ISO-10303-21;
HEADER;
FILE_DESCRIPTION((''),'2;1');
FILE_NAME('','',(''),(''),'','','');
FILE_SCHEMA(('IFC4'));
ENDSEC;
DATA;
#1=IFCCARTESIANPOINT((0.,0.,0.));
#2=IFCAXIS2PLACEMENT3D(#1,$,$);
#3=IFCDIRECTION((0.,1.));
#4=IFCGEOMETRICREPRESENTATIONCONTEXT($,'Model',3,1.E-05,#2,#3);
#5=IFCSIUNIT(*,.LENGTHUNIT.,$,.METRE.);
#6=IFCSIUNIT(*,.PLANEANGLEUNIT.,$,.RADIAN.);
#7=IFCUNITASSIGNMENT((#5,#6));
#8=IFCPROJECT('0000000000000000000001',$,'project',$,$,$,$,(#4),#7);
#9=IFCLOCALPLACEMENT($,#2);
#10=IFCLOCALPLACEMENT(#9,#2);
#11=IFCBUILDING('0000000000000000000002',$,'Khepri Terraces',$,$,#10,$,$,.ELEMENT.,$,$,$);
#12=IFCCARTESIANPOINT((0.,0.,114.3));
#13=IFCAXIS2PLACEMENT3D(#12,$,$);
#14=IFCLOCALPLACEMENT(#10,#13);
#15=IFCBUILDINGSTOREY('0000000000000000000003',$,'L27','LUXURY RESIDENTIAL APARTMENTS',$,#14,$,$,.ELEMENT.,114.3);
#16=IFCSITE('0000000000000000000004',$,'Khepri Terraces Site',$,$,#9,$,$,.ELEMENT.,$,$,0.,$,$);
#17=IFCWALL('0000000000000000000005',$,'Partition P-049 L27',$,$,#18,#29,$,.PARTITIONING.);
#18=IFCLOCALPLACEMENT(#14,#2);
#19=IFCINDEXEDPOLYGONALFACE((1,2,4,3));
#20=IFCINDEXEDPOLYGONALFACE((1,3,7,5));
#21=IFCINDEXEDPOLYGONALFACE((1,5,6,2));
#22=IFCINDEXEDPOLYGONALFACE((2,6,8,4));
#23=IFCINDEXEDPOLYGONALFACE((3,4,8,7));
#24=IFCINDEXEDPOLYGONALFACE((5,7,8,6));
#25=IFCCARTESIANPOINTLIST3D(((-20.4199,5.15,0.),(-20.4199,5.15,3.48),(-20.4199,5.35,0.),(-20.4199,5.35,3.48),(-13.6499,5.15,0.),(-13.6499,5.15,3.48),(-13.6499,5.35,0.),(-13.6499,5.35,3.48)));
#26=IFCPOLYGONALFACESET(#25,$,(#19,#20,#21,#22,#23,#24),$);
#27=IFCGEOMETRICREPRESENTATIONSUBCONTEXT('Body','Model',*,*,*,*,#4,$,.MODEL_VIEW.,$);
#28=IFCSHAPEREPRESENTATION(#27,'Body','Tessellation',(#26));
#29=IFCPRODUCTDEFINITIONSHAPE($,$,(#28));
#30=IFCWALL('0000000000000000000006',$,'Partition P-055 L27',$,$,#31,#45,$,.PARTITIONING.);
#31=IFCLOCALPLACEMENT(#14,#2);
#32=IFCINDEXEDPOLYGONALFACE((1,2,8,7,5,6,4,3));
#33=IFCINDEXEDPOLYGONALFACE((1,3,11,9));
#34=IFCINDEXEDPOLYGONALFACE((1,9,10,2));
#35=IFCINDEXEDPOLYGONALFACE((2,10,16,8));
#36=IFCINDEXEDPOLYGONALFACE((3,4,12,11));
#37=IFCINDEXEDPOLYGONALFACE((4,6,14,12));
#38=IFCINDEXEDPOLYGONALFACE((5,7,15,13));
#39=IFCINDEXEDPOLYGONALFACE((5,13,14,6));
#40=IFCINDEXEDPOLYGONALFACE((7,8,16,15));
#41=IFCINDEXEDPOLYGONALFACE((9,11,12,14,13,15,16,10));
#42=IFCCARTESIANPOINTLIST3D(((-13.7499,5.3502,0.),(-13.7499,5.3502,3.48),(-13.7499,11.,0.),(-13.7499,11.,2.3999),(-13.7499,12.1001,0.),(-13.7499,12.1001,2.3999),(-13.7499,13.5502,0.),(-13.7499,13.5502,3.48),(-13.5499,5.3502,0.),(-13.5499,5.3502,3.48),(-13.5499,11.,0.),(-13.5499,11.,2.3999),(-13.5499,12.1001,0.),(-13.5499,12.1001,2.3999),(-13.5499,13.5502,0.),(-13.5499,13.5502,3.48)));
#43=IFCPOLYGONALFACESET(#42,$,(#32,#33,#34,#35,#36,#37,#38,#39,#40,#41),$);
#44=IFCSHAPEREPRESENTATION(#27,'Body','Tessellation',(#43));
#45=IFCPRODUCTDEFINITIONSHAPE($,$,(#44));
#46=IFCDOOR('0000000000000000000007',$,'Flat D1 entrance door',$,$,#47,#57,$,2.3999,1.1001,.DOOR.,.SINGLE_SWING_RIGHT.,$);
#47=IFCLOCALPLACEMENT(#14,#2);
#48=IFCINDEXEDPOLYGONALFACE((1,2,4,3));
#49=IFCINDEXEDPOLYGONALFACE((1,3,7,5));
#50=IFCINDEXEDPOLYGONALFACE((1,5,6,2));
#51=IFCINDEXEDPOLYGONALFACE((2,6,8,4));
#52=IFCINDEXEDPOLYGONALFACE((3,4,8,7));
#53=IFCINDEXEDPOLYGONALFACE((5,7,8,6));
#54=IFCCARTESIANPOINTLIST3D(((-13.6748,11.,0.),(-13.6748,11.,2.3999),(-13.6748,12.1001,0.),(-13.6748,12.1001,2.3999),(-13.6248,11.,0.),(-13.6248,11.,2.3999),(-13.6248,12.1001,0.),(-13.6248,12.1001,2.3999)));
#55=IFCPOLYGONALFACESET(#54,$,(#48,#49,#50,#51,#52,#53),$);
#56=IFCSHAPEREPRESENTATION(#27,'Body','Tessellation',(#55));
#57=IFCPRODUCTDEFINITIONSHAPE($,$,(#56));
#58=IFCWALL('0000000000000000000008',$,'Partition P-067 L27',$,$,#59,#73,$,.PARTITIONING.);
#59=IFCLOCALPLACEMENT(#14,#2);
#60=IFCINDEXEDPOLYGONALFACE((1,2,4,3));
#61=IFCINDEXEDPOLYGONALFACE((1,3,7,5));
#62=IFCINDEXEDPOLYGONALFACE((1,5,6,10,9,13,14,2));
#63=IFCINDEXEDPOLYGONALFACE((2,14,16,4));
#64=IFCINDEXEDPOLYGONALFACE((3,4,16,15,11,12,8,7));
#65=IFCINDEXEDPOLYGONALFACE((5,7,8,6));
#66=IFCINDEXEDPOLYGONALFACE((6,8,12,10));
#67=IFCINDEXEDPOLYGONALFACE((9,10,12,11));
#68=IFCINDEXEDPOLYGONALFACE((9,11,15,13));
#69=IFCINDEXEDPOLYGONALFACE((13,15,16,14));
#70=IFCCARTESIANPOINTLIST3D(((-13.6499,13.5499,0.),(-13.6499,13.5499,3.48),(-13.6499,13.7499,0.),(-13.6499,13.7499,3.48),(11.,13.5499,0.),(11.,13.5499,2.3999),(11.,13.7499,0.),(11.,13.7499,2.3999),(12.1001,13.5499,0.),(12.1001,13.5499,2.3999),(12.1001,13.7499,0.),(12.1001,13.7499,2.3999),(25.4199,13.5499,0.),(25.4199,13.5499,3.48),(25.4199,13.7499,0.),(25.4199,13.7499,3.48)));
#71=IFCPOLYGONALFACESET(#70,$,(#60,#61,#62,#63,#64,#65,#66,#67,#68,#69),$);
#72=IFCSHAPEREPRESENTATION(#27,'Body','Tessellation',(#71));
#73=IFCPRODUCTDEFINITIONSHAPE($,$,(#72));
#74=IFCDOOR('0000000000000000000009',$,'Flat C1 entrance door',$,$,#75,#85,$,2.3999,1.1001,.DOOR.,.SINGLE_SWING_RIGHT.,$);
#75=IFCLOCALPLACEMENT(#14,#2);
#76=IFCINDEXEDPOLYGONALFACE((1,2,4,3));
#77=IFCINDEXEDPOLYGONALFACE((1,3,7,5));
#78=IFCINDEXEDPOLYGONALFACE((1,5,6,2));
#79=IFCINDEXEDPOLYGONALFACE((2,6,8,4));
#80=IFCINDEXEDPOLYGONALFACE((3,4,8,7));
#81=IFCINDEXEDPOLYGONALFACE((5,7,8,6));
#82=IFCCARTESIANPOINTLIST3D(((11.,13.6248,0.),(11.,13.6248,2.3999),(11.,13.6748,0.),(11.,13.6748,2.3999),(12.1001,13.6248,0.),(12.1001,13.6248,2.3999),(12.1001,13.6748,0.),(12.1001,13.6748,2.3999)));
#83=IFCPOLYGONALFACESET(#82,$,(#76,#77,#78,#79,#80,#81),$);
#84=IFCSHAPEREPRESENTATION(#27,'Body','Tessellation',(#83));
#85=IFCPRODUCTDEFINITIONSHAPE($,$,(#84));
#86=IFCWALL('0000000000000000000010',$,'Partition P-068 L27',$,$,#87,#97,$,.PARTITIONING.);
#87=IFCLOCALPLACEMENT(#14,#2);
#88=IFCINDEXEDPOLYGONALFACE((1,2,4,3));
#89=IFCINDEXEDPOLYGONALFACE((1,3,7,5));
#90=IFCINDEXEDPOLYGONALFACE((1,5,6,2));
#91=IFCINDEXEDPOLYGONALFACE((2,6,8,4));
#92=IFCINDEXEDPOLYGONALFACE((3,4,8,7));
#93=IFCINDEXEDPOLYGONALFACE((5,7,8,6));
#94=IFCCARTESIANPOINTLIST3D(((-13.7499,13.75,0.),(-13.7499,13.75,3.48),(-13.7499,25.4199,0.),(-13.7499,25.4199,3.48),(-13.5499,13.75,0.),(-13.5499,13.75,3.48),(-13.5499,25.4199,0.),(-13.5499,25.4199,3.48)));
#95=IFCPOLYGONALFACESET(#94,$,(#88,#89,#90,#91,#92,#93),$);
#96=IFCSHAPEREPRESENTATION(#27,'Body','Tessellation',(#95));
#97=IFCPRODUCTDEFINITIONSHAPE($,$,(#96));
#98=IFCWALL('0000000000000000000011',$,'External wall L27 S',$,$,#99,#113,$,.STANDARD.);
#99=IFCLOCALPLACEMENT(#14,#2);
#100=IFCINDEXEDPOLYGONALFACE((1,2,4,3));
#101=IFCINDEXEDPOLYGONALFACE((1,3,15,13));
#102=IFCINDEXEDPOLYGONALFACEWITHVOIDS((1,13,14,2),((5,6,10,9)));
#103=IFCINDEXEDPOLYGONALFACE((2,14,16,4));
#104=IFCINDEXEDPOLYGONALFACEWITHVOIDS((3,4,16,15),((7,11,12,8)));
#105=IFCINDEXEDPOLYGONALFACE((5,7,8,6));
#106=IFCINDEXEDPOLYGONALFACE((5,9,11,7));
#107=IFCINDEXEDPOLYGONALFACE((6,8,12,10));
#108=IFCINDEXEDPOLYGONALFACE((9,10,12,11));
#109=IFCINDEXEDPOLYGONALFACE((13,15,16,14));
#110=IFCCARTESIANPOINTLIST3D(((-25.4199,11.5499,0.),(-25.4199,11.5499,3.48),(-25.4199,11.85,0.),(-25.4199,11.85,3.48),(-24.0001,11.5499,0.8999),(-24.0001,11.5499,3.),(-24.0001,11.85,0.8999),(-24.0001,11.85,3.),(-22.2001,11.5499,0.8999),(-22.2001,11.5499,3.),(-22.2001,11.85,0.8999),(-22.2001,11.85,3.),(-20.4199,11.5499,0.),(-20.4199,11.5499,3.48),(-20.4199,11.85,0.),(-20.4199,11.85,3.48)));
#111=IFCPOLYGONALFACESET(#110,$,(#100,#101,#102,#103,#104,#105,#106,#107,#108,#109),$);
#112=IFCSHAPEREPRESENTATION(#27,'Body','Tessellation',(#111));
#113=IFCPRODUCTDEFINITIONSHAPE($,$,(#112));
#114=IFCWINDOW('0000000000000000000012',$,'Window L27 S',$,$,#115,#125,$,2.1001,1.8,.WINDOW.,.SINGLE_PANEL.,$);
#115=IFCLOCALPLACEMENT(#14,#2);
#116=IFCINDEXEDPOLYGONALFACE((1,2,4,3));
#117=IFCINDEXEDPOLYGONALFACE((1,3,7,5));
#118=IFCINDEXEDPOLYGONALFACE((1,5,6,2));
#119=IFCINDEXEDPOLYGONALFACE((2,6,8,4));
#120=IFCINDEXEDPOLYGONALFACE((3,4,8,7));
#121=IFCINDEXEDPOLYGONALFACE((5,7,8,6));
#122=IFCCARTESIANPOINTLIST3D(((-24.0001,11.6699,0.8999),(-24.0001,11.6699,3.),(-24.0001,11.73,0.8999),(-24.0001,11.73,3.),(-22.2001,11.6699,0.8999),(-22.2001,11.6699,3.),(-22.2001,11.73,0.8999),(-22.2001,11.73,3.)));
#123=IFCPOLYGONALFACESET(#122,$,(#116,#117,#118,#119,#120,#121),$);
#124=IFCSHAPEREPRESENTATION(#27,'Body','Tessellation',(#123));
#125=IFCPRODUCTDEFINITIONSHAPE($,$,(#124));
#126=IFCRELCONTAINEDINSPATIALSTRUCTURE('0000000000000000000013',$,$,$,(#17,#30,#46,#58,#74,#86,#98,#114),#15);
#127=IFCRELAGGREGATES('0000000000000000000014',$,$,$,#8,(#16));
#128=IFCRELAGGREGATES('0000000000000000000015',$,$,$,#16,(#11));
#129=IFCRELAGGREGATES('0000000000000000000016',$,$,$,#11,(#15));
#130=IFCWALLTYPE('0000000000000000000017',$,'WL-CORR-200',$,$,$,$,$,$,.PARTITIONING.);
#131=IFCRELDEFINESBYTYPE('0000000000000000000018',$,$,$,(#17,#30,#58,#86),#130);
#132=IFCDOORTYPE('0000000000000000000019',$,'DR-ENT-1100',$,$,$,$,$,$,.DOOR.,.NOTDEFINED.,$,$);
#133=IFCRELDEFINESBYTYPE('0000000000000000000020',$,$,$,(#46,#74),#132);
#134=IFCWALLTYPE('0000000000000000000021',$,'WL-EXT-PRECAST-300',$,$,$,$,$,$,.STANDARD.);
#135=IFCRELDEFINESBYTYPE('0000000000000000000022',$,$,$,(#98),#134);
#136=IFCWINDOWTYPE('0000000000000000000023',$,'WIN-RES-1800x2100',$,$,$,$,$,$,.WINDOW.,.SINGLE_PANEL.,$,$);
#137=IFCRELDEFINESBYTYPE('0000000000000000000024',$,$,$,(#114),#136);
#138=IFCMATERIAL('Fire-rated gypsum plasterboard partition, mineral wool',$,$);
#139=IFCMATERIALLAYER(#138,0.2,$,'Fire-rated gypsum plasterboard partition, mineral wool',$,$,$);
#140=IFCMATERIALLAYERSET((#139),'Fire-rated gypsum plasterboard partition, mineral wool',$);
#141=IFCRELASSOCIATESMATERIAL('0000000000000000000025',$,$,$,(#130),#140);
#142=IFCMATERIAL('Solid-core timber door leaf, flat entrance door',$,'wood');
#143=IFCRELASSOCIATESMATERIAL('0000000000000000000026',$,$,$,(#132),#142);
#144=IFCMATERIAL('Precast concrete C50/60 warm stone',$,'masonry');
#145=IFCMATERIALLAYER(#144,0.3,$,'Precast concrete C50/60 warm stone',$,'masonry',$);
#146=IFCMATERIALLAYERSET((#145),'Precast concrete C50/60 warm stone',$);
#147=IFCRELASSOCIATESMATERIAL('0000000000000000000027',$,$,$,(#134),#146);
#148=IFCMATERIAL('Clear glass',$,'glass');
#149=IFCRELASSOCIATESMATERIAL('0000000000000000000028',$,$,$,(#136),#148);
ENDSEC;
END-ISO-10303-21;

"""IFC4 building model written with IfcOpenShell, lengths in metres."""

from ifc_helpers import new_model, si_unit, direction, frame, frame_2d, origin, place, context, subcontext, project, spatial, rectangle, extrude, material, layer, layer_set, type_object, element, fill, save


model = new_model("IFC4")

# Units and contexts
model_context = context("Model", 3, precision=1e-05, world=origin(), true_north=direction((0.0, 1.0)))
body_context = subcontext(model_context, "Body", "Model", "MODEL_VIEW")
ifc_project = project(units=[si_unit("LENGTHUNIT", "METRE"), si_unit("PLANEANGLEUNIT", "RADIAN")], contexts=[model_context])

# Site, building, storey
site_placement = place(None, origin())
site = spatial("IfcSite", under=ifc_project, at=site_placement, Name="Khepri Terraces Site", CompositionType="ELEMENT", RefElevation=0.0)
building_placement = place(site_placement, origin())
building = spatial("IfcBuilding", under=site, at=building_placement, Name="Khepri Terraces", CompositionType="ELEMENT")
storey_placement = place(building_placement, frame((0.0, 0.0, 114.3)))
storey = spatial("IfcBuildingStorey", under=building, at=storey_placement, Name="L27", Description="LUXURY RESIDENTIAL APARTMENTS", CompositionType="ELEMENT", Elevation=114.3)

# Wall
ifc_material_1 = material(Name="Fire-rated gypsum plasterboard partition, mineral wool")
ifc_layer_1 = layer(ifc_material_1, 0.2, Name="Fire-rated gypsum plasterboard partition, mineral wool")
ifc_layer_set_1 = layer_set([ifc_layer_1], Name="Fire-rated gypsum plasterboard partition, mineral wool")
wall_type_1 = type_object("IfcWallType", Name="WL-CORR-200", PredefinedType="PARTITIONING", material=ifc_layer_set_1)
wall_1_placement = place(storey_placement, frame((-20.4199, 5.25, 0.0), z_axis=(0.0, 0.0, 1.0), x_axis=(1.0, 0.0, 0.0)))
element("IfcWall", 1, at=wall_1_placement, inside=storey, type_object=wall_type_1, Name="Partition P-049 L27", PredefinedType="PARTITIONING", context=body_context, shape_type="SweptSolid", body=[
    extrude(rectangle(XDim=6.77, YDim=0.2, at=frame_2d((3.385, 0.0))), origin(), (0.0, 0.0, 1.0), 3.48),
])

# Walls, openings, doors
wall_2_placement = place(storey_placement, frame((-13.6499, 5.3501, 0.0), z_axis=(0.0, 0.0, 1.0), x_axis=(0.0, 1.0, 0.0)))
wall_2 = element("IfcWall", 2, at=wall_2_placement, inside=storey, type_object=wall_type_1, Name="Partition P-055 L27", PredefinedType="PARTITIONING", context=body_context, shape_type="SweptSolid", body=[
    extrude(rectangle(XDim=8.2, YDim=0.2, at=frame_2d((4.1001, 0.0))), origin(), (0.0, 0.0, 1.0), 3.48),
])
opening_1_placement = place(wall_2_placement, frame((5.6499, 0.0, 0.0)))
opening_1 = element("IfcOpeningElement", 3, at=opening_1_placement, cuts=wall_2, PredefinedType="OPENING", context=body_context, shape_type="SweptSolid", body=[
    extrude(rectangle(XDim=1.1001, YDim=2.3999, at=frame_2d((0.55, 1.2))), frame((0.0, 0.1099, 0.0), z_axis=(0.0, -1.0, 0.0), x_axis=(1.0, 0.0, 0.0)), (0.0, 0.0, 1.0), 0.22),
])
ifc_material_2 = material(Name="Solid-core timber door leaf, flat entrance door", Category="wood")
door_type_1 = type_object("IfcDoorType", Name="DR-ENT-1100", OperationType="NOTDEFINED", PredefinedType="DOOR", material=ifc_material_2)
door_1_placement = place(opening_1_placement, origin())
door_1 = element("IfcDoor", 4, at=door_1_placement, inside=storey, type_object=door_type_1, Name="Flat D1 entrance door", OperationType="SINGLE_SWING_RIGHT", OverallHeight=2.3999, OverallWidth=1.1001, PredefinedType="DOOR", context=body_context, shape_type="SweptSolid", body=[
    extrude(rectangle(XDim=1.1001, YDim=2.3999, at=frame_2d((0.55, 1.2))), frame((0.0, 0.0249, 0.0), z_axis=(0.0, -1.0, 0.0), x_axis=(1.0, 0.0, 0.0)), (0.0, 0.0, 1.0), 0.05),
])
fill(opening_1, door_1)
wall_3_placement = place(storey_placement, frame((-13.6499, 13.6499, 0.0), z_axis=(0.0, 0.0, 1.0), x_axis=(1.0, 0.0, 0.0)))
wall_3 = element("IfcWall", 5, at=wall_3_placement, inside=storey, type_object=wall_type_1, Name="Partition P-067 L27", PredefinedType="PARTITIONING", context=body_context, shape_type="SweptSolid", body=[
    extrude(rectangle(XDim=39.0698, YDim=0.2, at=frame_2d((19.5349, 0.0))), origin(), (0.0, 0.0, 1.0), 3.48),
])
opening_2_placement = place(wall_3_placement, frame((24.6499, 0.0, 0.0)))
opening_2 = element("IfcOpeningElement", 6, at=opening_2_placement, cuts=wall_3, PredefinedType="OPENING", context=body_context, shape_type="SweptSolid", body=[
    extrude(rectangle(XDim=1.1001, YDim=2.3999, at=frame_2d((0.55, 1.2))), frame((0.0, 0.1099, 0.0), z_axis=(0.0, -1.0, 0.0), x_axis=(1.0, 0.0, 0.0)), (0.0, 0.0, 1.0), 0.22),
])
door_2_placement = place(opening_2_placement, origin())
door_2 = element("IfcDoor", 7, at=door_2_placement, inside=storey, type_object=door_type_1, Name="Flat C1 entrance door", OperationType="SINGLE_SWING_RIGHT", OverallHeight=2.3999, OverallWidth=1.1001, PredefinedType="DOOR", context=body_context, shape_type="SweptSolid", body=[
    extrude(rectangle(XDim=1.1001, YDim=2.3999, at=frame_2d((0.55, 1.2))), frame((0.0, 0.0249, 0.0), z_axis=(0.0, -1.0, 0.0), x_axis=(1.0, 0.0, 0.0)), (0.0, 0.0, 1.0), 0.05),
])
fill(opening_2, door_2)

# Wall
wall_4_placement = place(storey_placement, frame((-13.6499, 13.75, 0.0), z_axis=(0.0, 0.0, 1.0), x_axis=(0.0, 1.0, 0.0)))
element("IfcWall", 8, at=wall_4_placement, inside=storey, type_object=wall_type_1, Name="Partition P-068 L27", PredefinedType="PARTITIONING", context=body_context, shape_type="SweptSolid", body=[
    extrude(rectangle(XDim=11.6699, YDim=0.2, at=frame_2d((5.835, 0.0))), origin(), (0.0, 0.0, 1.0), 3.48),
])

# Shared definitions
ifc_material_3 = material(Name="Precast concrete C50/60 warm stone", Category="masonry")
ifc_layer_2 = layer(ifc_material_3, 0.3, Name="Precast concrete C50/60 warm stone", Category="masonry")
ifc_layer_set_2 = layer_set([ifc_layer_2], Name="Precast concrete C50/60 warm stone")
wall_type_2 = type_object("IfcWallType", Name="WL-EXT-PRECAST-300", PredefinedType="STANDARD", material=ifc_layer_set_2)

# Wall, opening, window
wall_5_placement = place(storey_placement, frame((-25.4199, 11.7, 0.0), z_axis=(0.0, 0.0, 1.0), x_axis=(1.0, 0.0, 0.0)))
wall_5 = element("IfcWall", 9, at=wall_5_placement, inside=storey, type_object=wall_type_2, Name="External wall L27 S", PredefinedType="STANDARD", context=body_context, shape_type="SweptSolid", body=[
    extrude(rectangle(XDim=5.0, YDim=0.3, at=frame_2d((2.5, 0.0))), origin(), (0.0, 0.0, 1.0), 3.48),
])
opening_3_placement = place(wall_5_placement, frame((1.4199, 0.0, 0.8999)))
opening_3 = element("IfcOpeningElement", 10, at=opening_3_placement, cuts=wall_5, PredefinedType="OPENING", context=body_context, shape_type="SweptSolid", body=[
    extrude(rectangle(XDim=1.8, YDim=2.1001, at=frame_2d((0.8999, 1.05))), frame((0.0, 0.1602, 0.0), z_axis=(0.0, -1.0, 0.0), x_axis=(1.0, 0.0, 0.0)), (0.0, 0.0, 1.0), 0.3201),
])
ifc_material_4 = material(Name="Clear glass", Category="glass")
window_type_1 = type_object("IfcWindowType", Name="WIN-RES-1800x2100", PartitioningType="SINGLE_PANEL", PredefinedType="WINDOW", material=ifc_material_4)
window_1_placement = place(opening_3_placement, origin())
window_1 = element("IfcWindow", 11, at=window_1_placement, inside=storey, type_object=window_type_1, Name="Window L27 S", OverallHeight=2.1001, OverallWidth=1.8, PartitioningType="SINGLE_PANEL", PredefinedType="WINDOW", context=body_context, shape_type="SweptSolid", body=[
    extrude(rectangle(XDim=1.8, YDim=2.1001, at=frame_2d((0.8999, 1.05))), frame((0.0, 0.03, 0.0), z_axis=(0.0, -1.0, 0.0), x_axis=(1.0, 0.0, 0.0)), (0.0, 0.0, 1.0), 0.0601),
])
fill(opening_3, window_1)

save(model, "model.ifc")
